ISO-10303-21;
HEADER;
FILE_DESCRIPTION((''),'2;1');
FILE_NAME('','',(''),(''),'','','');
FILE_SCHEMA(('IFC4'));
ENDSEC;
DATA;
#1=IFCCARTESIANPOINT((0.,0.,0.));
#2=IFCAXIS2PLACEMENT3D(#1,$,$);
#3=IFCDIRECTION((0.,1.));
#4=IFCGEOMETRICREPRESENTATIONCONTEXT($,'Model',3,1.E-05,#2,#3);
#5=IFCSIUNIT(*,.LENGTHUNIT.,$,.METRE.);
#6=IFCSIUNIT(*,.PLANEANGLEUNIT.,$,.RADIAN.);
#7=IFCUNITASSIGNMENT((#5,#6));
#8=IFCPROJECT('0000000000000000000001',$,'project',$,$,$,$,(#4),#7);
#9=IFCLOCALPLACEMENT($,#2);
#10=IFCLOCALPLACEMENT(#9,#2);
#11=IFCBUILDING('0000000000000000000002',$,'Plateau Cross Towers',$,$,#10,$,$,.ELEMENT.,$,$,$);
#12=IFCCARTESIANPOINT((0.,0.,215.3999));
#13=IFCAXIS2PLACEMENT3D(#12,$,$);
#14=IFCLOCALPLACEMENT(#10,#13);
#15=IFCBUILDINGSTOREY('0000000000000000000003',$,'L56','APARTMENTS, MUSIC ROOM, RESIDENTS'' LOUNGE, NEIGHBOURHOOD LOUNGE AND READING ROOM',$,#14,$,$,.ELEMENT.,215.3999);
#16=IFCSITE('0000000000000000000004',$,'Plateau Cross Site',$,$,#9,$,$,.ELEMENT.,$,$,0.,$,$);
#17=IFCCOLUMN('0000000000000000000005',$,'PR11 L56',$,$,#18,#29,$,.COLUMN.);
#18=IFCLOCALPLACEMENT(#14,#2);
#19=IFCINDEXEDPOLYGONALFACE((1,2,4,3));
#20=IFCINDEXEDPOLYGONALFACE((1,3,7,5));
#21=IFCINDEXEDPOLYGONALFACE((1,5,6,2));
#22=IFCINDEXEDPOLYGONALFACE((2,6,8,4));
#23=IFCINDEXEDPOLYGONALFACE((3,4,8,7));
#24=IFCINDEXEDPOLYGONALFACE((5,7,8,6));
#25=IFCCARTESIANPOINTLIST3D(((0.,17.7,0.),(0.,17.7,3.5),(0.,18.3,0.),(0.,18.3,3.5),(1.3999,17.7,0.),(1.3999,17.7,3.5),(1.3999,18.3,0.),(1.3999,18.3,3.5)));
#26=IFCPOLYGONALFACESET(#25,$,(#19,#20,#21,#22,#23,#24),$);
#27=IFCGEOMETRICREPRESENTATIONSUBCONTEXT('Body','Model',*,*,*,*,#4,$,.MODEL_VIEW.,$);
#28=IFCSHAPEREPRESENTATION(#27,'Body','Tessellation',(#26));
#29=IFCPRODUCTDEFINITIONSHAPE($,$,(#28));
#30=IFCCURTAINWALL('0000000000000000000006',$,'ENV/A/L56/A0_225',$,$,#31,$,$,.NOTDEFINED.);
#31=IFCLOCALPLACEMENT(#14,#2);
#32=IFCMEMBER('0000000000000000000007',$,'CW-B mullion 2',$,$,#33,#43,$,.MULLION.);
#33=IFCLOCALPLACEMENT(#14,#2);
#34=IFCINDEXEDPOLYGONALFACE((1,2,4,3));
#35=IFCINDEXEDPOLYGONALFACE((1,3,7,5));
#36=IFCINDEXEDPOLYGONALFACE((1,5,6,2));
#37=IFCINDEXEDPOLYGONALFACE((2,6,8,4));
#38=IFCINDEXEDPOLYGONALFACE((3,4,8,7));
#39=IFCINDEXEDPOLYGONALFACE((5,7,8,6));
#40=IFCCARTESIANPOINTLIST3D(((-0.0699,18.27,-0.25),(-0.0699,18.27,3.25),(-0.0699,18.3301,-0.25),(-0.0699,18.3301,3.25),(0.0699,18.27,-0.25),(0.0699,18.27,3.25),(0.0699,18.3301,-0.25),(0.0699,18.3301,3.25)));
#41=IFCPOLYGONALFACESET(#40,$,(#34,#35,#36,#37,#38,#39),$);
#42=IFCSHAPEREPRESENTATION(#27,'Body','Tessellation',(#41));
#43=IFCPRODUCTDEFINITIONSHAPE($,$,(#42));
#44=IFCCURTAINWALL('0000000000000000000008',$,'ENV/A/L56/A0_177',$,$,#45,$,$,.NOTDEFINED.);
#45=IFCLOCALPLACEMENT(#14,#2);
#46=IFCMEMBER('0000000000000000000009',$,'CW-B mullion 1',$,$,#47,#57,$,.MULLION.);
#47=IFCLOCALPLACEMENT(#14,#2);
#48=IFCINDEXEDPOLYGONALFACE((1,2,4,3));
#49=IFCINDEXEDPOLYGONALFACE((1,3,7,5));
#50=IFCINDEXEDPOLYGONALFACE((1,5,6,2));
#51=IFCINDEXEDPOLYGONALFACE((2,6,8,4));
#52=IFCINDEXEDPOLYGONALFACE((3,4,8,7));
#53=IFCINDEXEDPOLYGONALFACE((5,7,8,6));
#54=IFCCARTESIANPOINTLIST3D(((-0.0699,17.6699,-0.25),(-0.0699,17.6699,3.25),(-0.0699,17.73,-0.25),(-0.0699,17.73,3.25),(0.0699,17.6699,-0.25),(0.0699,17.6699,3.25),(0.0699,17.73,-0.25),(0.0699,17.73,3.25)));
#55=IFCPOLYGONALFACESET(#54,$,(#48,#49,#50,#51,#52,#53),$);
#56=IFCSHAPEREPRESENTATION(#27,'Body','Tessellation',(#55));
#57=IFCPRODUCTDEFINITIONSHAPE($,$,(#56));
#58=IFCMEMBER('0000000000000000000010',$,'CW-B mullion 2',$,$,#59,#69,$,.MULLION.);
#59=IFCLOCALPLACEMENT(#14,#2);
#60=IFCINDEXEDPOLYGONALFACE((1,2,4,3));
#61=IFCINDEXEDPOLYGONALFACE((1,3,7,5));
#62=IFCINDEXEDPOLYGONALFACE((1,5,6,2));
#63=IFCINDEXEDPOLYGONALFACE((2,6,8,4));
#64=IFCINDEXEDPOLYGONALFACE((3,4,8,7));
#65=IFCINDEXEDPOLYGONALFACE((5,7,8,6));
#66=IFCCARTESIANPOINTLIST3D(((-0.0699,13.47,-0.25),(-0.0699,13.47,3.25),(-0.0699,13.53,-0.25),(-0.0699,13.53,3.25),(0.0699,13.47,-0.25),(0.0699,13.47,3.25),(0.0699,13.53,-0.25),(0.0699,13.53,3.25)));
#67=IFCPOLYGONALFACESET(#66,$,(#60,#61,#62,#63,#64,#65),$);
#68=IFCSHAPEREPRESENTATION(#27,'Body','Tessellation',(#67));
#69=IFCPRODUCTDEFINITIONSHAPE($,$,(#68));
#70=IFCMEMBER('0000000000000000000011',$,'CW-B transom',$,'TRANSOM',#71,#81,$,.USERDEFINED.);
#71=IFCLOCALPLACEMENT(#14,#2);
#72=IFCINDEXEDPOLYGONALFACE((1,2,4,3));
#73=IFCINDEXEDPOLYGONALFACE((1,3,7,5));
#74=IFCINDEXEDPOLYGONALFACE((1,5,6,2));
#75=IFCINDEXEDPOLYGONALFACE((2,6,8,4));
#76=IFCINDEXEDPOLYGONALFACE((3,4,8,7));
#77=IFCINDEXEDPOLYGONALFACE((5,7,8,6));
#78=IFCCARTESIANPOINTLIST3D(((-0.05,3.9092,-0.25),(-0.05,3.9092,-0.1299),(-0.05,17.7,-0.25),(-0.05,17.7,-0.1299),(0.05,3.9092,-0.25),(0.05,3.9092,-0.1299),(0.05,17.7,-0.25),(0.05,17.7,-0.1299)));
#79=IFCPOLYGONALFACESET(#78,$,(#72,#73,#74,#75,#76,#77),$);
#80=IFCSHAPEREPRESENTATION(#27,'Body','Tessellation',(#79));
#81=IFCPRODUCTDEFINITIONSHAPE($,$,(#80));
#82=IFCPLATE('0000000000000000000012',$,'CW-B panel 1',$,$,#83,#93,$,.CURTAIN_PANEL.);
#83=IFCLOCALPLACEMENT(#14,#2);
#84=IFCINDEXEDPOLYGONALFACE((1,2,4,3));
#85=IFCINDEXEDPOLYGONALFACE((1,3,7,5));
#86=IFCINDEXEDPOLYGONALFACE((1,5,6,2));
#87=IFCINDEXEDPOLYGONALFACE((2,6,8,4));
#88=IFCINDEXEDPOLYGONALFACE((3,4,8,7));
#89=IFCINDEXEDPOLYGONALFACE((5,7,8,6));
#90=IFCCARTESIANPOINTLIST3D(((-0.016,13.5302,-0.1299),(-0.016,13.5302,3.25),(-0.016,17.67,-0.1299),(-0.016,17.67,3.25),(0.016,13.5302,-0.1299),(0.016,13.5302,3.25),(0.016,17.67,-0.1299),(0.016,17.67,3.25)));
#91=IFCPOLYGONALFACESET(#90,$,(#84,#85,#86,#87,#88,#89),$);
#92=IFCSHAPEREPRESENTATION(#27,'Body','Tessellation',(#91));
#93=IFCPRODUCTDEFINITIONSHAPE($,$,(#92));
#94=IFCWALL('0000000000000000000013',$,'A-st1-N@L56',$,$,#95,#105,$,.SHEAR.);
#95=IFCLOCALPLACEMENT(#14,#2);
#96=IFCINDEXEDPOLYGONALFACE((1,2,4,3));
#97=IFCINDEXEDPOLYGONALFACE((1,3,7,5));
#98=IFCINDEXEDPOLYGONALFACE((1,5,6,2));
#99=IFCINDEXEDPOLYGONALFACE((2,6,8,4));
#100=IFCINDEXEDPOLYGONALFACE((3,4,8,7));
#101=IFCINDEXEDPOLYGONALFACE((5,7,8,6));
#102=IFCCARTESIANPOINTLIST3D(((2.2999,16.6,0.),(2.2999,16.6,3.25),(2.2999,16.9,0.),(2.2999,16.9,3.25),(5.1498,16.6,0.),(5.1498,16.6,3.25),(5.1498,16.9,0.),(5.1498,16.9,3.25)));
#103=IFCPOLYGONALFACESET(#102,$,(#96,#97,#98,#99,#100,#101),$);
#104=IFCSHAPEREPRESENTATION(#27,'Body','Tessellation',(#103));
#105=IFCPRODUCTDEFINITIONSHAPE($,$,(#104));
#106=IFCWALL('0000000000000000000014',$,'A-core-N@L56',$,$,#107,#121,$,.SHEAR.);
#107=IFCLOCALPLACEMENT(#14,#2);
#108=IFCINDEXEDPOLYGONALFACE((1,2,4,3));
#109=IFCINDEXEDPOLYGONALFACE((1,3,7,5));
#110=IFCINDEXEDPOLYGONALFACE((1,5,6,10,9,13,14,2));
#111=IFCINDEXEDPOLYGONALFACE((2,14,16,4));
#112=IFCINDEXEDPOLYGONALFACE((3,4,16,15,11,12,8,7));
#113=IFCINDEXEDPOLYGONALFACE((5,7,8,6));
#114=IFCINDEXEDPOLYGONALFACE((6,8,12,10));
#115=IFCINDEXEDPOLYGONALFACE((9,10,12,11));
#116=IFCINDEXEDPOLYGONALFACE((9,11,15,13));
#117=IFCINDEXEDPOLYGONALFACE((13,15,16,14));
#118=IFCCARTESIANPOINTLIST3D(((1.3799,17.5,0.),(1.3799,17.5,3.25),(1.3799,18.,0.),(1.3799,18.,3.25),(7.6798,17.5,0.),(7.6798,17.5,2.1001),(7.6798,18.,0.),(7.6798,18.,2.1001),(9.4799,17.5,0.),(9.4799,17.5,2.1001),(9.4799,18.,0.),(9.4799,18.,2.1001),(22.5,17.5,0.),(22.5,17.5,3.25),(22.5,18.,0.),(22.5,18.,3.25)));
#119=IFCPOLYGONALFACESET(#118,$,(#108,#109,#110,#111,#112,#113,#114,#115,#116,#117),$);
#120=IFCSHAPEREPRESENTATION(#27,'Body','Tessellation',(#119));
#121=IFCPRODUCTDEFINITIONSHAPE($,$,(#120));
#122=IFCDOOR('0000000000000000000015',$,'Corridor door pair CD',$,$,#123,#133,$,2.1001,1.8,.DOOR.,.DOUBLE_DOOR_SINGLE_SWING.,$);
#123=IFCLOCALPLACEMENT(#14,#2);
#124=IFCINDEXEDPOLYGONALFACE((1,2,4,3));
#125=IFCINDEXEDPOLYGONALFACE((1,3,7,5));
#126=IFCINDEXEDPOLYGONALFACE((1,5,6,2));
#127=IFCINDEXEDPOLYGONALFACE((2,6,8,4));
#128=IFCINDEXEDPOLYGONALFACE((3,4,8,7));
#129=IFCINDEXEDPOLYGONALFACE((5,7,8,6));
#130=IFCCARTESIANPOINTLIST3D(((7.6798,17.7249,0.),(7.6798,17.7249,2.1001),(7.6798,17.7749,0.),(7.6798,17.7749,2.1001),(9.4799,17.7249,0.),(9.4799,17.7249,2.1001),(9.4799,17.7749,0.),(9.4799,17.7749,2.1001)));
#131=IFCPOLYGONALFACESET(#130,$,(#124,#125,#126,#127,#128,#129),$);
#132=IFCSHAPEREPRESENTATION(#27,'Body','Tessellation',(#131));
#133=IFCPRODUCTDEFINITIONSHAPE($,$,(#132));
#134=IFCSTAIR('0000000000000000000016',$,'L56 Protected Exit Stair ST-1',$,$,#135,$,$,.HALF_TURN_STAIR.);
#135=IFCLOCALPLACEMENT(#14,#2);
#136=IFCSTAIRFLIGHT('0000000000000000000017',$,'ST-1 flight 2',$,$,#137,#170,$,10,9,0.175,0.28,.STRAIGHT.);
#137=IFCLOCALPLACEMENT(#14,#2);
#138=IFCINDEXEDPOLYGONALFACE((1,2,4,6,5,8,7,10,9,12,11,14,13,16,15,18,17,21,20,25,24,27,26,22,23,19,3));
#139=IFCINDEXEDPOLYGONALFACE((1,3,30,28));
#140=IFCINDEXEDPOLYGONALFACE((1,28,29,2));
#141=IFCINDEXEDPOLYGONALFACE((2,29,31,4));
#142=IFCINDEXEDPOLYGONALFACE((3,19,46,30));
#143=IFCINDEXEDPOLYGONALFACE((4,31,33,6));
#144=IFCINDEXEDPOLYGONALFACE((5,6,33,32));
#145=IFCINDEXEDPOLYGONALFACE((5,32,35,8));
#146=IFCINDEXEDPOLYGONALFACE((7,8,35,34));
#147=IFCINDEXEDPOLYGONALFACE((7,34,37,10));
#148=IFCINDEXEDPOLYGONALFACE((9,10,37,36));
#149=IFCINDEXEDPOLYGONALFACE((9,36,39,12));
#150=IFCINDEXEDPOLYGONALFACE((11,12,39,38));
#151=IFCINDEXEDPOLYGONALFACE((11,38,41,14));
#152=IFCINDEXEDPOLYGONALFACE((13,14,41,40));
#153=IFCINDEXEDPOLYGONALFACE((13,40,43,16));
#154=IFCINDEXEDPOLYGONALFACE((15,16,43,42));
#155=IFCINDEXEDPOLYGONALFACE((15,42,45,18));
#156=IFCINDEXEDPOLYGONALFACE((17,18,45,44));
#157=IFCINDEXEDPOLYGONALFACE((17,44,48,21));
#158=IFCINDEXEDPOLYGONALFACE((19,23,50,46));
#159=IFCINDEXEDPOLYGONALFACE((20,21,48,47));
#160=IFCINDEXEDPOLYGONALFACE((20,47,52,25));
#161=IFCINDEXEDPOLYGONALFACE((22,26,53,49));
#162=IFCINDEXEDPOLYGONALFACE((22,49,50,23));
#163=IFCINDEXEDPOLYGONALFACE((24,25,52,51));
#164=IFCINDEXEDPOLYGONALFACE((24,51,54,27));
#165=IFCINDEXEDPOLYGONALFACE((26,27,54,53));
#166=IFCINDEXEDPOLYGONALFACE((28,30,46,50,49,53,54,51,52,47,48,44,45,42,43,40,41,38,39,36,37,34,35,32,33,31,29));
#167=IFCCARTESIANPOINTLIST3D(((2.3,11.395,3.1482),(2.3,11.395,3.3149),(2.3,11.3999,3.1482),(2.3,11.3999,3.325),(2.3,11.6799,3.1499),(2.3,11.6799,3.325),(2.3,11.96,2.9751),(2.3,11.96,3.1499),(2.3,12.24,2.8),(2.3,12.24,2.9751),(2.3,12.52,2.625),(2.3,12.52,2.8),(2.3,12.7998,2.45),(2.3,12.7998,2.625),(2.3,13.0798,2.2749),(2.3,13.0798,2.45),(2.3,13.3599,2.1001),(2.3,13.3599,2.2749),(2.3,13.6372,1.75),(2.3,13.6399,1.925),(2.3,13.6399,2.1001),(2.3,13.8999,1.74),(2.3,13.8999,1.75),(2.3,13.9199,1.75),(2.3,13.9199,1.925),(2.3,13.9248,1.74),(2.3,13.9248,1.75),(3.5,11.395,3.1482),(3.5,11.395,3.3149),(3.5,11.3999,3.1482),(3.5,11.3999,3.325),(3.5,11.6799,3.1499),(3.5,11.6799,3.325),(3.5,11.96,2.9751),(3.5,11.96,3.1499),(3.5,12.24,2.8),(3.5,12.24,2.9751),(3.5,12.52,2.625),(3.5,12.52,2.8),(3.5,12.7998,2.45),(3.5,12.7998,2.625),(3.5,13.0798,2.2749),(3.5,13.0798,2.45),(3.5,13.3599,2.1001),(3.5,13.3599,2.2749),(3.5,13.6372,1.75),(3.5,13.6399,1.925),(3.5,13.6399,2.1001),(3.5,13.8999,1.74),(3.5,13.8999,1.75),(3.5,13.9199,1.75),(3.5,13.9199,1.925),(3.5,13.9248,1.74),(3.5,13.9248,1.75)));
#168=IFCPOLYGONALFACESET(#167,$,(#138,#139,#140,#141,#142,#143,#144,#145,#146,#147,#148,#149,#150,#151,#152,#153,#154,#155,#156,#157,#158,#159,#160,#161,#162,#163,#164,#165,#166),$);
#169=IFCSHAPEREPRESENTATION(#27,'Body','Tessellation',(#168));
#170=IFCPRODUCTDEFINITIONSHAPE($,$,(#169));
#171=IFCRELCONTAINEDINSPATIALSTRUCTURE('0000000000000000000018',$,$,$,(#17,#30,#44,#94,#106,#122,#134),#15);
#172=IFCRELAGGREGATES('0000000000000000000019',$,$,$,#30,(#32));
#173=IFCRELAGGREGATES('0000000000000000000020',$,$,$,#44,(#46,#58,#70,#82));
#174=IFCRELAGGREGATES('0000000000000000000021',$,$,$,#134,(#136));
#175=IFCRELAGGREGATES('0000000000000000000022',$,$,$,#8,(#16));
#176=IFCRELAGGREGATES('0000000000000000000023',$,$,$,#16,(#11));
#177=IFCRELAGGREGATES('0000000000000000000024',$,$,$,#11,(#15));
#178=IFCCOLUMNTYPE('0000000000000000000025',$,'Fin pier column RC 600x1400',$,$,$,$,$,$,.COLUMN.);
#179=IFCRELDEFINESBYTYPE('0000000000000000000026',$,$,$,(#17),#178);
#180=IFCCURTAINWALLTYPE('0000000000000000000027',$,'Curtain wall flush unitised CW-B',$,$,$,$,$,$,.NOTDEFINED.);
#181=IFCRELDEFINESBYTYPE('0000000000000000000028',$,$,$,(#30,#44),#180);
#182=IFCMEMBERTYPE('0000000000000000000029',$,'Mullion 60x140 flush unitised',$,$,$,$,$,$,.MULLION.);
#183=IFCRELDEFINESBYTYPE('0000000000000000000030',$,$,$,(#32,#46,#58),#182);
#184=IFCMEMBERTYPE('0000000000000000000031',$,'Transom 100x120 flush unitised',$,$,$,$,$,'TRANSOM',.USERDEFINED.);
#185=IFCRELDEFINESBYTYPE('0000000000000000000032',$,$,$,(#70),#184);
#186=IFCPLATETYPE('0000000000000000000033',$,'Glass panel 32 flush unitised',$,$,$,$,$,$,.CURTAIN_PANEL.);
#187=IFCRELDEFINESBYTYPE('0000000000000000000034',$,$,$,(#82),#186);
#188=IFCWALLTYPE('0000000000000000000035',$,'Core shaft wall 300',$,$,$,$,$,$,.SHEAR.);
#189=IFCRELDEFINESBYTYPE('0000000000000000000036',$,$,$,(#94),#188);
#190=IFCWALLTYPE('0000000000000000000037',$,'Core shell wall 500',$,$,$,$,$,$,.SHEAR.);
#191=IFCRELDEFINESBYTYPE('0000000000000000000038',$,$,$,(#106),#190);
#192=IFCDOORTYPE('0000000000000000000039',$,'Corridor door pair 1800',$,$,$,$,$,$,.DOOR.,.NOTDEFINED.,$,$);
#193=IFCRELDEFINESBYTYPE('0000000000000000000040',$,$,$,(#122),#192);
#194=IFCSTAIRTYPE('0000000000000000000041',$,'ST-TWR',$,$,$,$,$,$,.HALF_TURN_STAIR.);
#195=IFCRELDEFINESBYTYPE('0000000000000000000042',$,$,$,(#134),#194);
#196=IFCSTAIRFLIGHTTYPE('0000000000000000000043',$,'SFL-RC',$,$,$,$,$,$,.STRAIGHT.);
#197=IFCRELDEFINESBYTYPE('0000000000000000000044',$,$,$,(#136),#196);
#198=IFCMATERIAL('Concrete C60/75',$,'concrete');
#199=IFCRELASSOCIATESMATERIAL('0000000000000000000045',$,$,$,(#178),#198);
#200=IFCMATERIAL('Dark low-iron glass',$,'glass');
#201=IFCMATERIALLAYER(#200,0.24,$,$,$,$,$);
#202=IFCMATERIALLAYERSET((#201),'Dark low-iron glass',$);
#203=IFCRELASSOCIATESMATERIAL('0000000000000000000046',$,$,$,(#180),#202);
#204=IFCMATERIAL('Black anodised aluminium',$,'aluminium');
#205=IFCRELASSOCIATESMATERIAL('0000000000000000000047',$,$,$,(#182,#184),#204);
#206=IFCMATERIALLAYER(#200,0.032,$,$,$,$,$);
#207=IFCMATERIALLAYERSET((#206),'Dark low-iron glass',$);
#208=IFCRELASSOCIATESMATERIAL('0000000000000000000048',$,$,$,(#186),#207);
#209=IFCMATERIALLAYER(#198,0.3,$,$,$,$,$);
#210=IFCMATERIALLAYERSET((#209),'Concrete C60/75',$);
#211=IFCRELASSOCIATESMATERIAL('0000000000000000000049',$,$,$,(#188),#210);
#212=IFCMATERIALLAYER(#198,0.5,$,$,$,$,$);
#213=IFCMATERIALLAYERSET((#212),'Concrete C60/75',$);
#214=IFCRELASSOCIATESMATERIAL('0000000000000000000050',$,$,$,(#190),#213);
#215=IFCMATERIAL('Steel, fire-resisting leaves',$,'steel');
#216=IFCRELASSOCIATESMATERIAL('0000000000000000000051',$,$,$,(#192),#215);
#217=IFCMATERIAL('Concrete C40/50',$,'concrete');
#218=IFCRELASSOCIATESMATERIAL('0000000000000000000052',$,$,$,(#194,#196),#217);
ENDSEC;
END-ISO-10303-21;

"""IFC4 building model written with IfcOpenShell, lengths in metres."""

from ifc_helpers import new_model, si_unit, direction, frame, frame_2d, origin, origin_2d, place, context, subcontext, project, spatial, polyline, rectangle, outline, extrude, material, layer, layer_set, material_profile, profile_set, type_object, element, fill, aggregate, save


model = new_model("IFC4")

# Units and contexts
model_context = context("Model", 3, precision=1e-05, world=origin(), true_north=direction((0.0, 1.0)))
body_context = subcontext(model_context, "Body", "Model", "MODEL_VIEW")
ifc_project = project(units=[si_unit("LENGTHUNIT", "METRE"), si_unit("PLANEANGLEUNIT", "RADIAN")], contexts=[model_context])

# Site, building, storey
site_placement = place(None, origin())
site = spatial("IfcSite", under=ifc_project, at=site_placement, Name="Plateau Cross Site", CompositionType="ELEMENT", RefElevation=0.0)
building_placement = place(site_placement, origin())
building = spatial("IfcBuilding", under=site, at=building_placement, Name="Plateau Cross Towers", CompositionType="ELEMENT")
storey_placement = place(building_placement, frame((0.0, 0.0, 215.3999)))
storey = spatial("IfcBuildingStorey", under=building, at=storey_placement, Name="L56", Description="APARTMENTS, MUSIC ROOM, RESIDENTS' LOUNGE, NEIGHBOURHOOD LOUNGE AND READING ROOM", CompositionType="ELEMENT", Elevation=215.3999)

# Column
ifc_material_1 = material(Name="Concrete C60/75", Category="concrete")
ifc_material_profile_1 = material_profile(ifc_material_1, rectangle(XDim=0.6001, YDim=1.3999, at=origin_2d()), Name="RC 600x1400")
ifc_profile_set_1 = profile_set([ifc_material_profile_1], Name="Concrete C60/75")
column_type = type_object("IfcColumnType", Name="Fin pier column RC 600x1400", PredefinedType="COLUMN", material=ifc_profile_set_1)
column_placement = place(storey_placement, frame((0.7, 18.0, 0.0), z_axis=(0.0, 0.0, 1.0), x_axis=(0.0, 1.0, 0.0)))
element("IfcColumn", 1, at=column_placement, inside=storey, type_object=column_type, Name="PR11 L56", PredefinedType="COLUMN", context=body_context, shape_type="SweptSolid", body=[
    extrude(rectangle(XDim=0.6001, YDim=1.3999, at=origin_2d()), origin(), (0.0, 0.0, 1.0), 3.5),
])

# Curtain wall, member
ifc_material_2 = material(Name="Dark low-iron glass", Category="glass")
ifc_layer_1 = layer(ifc_material_2, 0.24)
ifc_layer_set_1 = layer_set([ifc_layer_1], Name="Dark low-iron glass")
curtain_wall_type = type_object("IfcCurtainWallType", Name="Curtain wall flush unitised CW-B", PredefinedType="NOTDEFINED", material=ifc_layer_set_1)
curtain_wall_1_placement = place(storey_placement, origin())
curtain_wall_1 = element("IfcCurtainWall", 2, at=curtain_wall_1_placement, inside=storey, type_object=curtain_wall_type, Name="ENV/A/L56/A0_225", PredefinedType="NOTDEFINED")
ifc_material_3 = material(Name="Black anodised aluminium", Category="aluminium")
ifc_material_profile_2 = material_profile(ifc_material_3, rectangle(XDim=0.0601, YDim=0.1399, at=origin_2d()), Name="MULLION 60x140")
ifc_profile_set_2 = profile_set([ifc_material_profile_2], Name="Black anodised aluminium")
member_type_1 = type_object("IfcMemberType", Name="Mullion 60x140 flush unitised", PredefinedType="MULLION", material=ifc_profile_set_2)
member_1_placement = place(storey_placement, frame((0.0, 18.3, -0.25), z_axis=(0.0, 0.0, 1.0), x_axis=(0.0, -1.0, 0.0)))
member_1 = element("IfcMember", 3, at=member_1_placement, type_object=member_type_1, Name="CW-B mullion 2", PredefinedType="MULLION", context=body_context, shape_type="SweptSolid", body=[
    extrude(rectangle(XDim=0.0601, YDim=0.1399, at=origin_2d()), origin(), (0.0, 0.0, 1.0), 3.5),
])
aggregate(curtain_wall_1, [member_1])

# Curtain wall, members, plate
curtain_wall_2_placement = place(storey_placement, origin())
curtain_wall_2 = element("IfcCurtainWall", 4, at=curtain_wall_2_placement, inside=storey, type_object=curtain_wall_type, Name="ENV/A/L56/A0_177", PredefinedType="NOTDEFINED")
member_2_placement = place(storey_placement, frame((0.0, 17.7, -0.25), z_axis=(0.0, 0.0, 1.0), x_axis=(0.0, -1.0, 0.0)))
member_2 = element("IfcMember", 5, at=member_2_placement, type_object=member_type_1, Name="CW-B mullion 1", PredefinedType="MULLION", context=body_context, shape_type="SweptSolid", body=[
    extrude(rectangle(XDim=0.0601, YDim=0.1399, at=origin_2d()), origin(), (0.0, 0.0, 1.0), 3.5),
])
member_3_placement = place(storey_placement, frame((0.0, 13.5, -0.25), z_axis=(0.0, 0.0, 1.0), x_axis=(0.0, -1.0, 0.0)))
member_3 = element("IfcMember", 6, at=member_3_placement, type_object=member_type_1, Name="CW-B mullion 2", PredefinedType="MULLION", context=body_context, shape_type="SweptSolid", body=[
    extrude(rectangle(XDim=0.0601, YDim=0.1399, at=origin_2d()), origin(), (0.0, 0.0, 1.0), 3.5),
])
ifc_material_profile_3 = material_profile(ifc_material_3, rectangle(XDim=0.1001, YDim=0.1201, at=origin_2d()), Name="TRANSOM 100x120")
ifc_profile_set_3 = profile_set([ifc_material_profile_3], Name="Black anodised aluminium")
member_type_2 = type_object("IfcMemberType", Name="Transom 100x120 flush unitised", ElementType="TRANSOM", PredefinedType="USERDEFINED", material=ifc_profile_set_3)
member_4_placement = place(storey_placement, frame((0.0, 17.7, -0.1899), z_axis=(0.0, -1.0, 0.0), x_axis=(1.0, 0.0, 0.0)))
member_4 = element("IfcMember", 7, at=member_4_placement, type_object=member_type_2, Name="CW-B transom", ObjectType="TRANSOM", PredefinedType="USERDEFINED", context=body_context, shape_type="SweptSolid", body=[
    extrude(rectangle(XDim=0.1001, YDim=0.1201, at=origin_2d()), origin(), (0.0, 0.0, 1.0), 13.7908),
])
ifc_layer_2 = layer(ifc_material_2, 0.032)
ifc_layer_set_2 = layer_set([ifc_layer_2], Name="Dark low-iron glass")
plate_type = type_object("IfcPlateType", Name="Glass panel 32 flush unitised", PredefinedType="CURTAIN_PANEL", material=ifc_layer_set_2)
plate_placement = place(storey_placement, frame((0.0, 15.6001, -0.1299), z_axis=(0.0, 0.0, 1.0), x_axis=(0.0, -1.0, 0.0)))
plate = element("IfcPlate", 8, at=plate_placement, type_object=plate_type, Name="CW-B panel 1", PredefinedType="CURTAIN_PANEL", context=body_context, shape_type="SweptSolid", body=[
    extrude(rectangle(XDim=4.1399, YDim=0.032, at=origin_2d()), origin(), (0.0, 0.0, 1.0), 3.3799),
])
aggregate(curtain_wall_2, [member_2, member_3, member_4, plate])

# Wall
ifc_layer_3 = layer(ifc_material_1, 0.3)
ifc_layer_set_3 = layer_set([ifc_layer_3], Name="Concrete C60/75")
wall_type_1 = type_object("IfcWallType", Name="Core shaft wall 300", PredefinedType="SHEAR", material=ifc_layer_set_3)
wall_1_placement = place(storey_placement, frame((2.3, 16.75, 0.0), z_axis=(0.0, 0.0, 1.0), x_axis=(1.0, 0.0, 0.0)))
element("IfcWall", 9, at=wall_1_placement, inside=storey, type_object=wall_type_1, Name="A-st1-N@L56", PredefinedType="SHEAR", context=body_context, shape_type="SweptSolid", body=[
    extrude(rectangle(XDim=2.8499, YDim=0.3, at=frame_2d((1.4248, 0.0))), origin(), (0.0, 0.0, 1.0), 3.25),
])

# Wall, opening, door
ifc_layer_4 = layer(ifc_material_1, 0.5)
ifc_layer_set_4 = layer_set([ifc_layer_4], Name="Concrete C60/75")
wall_type_2 = type_object("IfcWallType", Name="Core shell wall 500", PredefinedType="SHEAR", material=ifc_layer_set_4)
wall_2_placement = place(storey_placement, frame((1.3799, 17.75, 0.0), z_axis=(0.0, 0.0, 1.0), x_axis=(1.0, 0.0, 0.0)))
wall_2 = element("IfcWall", 10, at=wall_2_placement, inside=storey, type_object=wall_type_2, Name="A-core-N@L56", PredefinedType="SHEAR", context=body_context, shape_type="SweptSolid", body=[
    extrude(rectangle(XDim=21.1201, YDim=0.5, at=frame_2d((10.5601, 0.0))), origin(), (0.0, 0.0, 1.0), 3.25),
])
opening_placement = place(wall_2_placement, frame((6.3, 0.0, 0.0)))
opening = element("IfcOpeningElement", 11, at=opening_placement, cuts=wall_2, PredefinedType="OPENING", context=body_context, shape_type="SweptSolid", body=[
    extrude(rectangle(XDim=1.8, YDim=2.1001, at=frame_2d((0.8999, 1.05))), frame((0.0, 0.26, 0.0), z_axis=(0.0, -1.0, 0.0), x_axis=(1.0, 0.0, 0.0)), (0.0, 0.0, 1.0), 0.52),
])
ifc_material_4 = material(Name="Steel, fire-resisting leaves", Category="steel")
door_type = type_object("IfcDoorType", Name="Corridor door pair 1800", OperationType="NOTDEFINED", PredefinedType="DOOR", material=ifc_material_4)
door_placement = place(opening_placement, origin())
door = element("IfcDoor", 12, at=door_placement, inside=storey, type_object=door_type, Name="Corridor door pair CD", OperationType="DOUBLE_DOOR_SINGLE_SWING", OverallHeight=2.1001, OverallWidth=1.8, PredefinedType="DOOR", context=body_context, shape_type="SweptSolid", body=[
    extrude(rectangle(XDim=1.8, YDim=2.1001, at=frame_2d((0.8999, 1.05))), frame((0.0, 0.0249, 0.0), z_axis=(0.0, -1.0, 0.0), x_axis=(1.0, 0.0, 0.0)), (0.0, 0.0, 1.0), 0.05),
])
fill(opening, door)

# Stair, stair flight
ifc_material_5 = material(Name="Concrete C40/50", Category="concrete")
stair_type = type_object("IfcStairType", Name="ST-TWR", PredefinedType="HALF_TURN_STAIR", material=ifc_material_5)
stair_placement = place(storey_placement, origin())
stair = element("IfcStair", 13, at=stair_placement, inside=storey, type_object=stair_type, Name="L56 Protected Exit Stair ST-1", PredefinedType="HALF_TURN_STAIR")
stair_flight_type = type_object("IfcStairFlightType", Name="SFL-RC", PredefinedType="STRAIGHT", material=ifc_material_5)
stair_flight_placement = place(storey_placement, frame((2.8999, 13.9199, 1.75), z_axis=(0.0, 0.0, 1.0), x_axis=(0.0, -1.0, 0.0)))
stair_flight = element("IfcStairFlight", 14, at=stair_flight_placement, type_object=stair_flight_type, Name="ST-1 flight 2", NumberOfRisers=10, NumberOfTreads=9, PredefinedType="STRAIGHT", RiserHeight=0.175, TreadLength=0.28, context=body_context, shape_type="SweptSolid", body=[
    extrude(outline(polyline([(-0.0049, -0.01), (-0.0049, 0.0), (0.0, 0.0), (0.0, 0.175), (0.28, 0.175), (0.28, 0.3501), (0.5601, 0.3501), (0.5601, 0.5249), (0.8401, 0.5249), (0.8401, 0.7), (1.1201, 0.7), (1.1201, 0.875), (1.3999, 0.875), (1.3999, 1.05), (1.6799, 1.05), (1.6799, 1.2251), (1.96, 1.2251), (1.96, 1.3999), (2.24, 1.3999), (2.24, 1.575), (2.52, 1.575), (2.5249, 1.5649), (2.5249, 1.3982), (2.52, 1.3982), (0.2827, 0.0), (0.02, 0.0), (0.02, -0.01), (-0.0049, -0.01)])), frame((0.0, 0.6001, 0.0), z_axis=(0.0, -1.0, 0.0), x_axis=(1.0, 0.0, 0.0)), (0.0, 0.0, 1.0), 1.2),
])
aggregate(stair, [stair_flight])

save(model, "model.ifc")
